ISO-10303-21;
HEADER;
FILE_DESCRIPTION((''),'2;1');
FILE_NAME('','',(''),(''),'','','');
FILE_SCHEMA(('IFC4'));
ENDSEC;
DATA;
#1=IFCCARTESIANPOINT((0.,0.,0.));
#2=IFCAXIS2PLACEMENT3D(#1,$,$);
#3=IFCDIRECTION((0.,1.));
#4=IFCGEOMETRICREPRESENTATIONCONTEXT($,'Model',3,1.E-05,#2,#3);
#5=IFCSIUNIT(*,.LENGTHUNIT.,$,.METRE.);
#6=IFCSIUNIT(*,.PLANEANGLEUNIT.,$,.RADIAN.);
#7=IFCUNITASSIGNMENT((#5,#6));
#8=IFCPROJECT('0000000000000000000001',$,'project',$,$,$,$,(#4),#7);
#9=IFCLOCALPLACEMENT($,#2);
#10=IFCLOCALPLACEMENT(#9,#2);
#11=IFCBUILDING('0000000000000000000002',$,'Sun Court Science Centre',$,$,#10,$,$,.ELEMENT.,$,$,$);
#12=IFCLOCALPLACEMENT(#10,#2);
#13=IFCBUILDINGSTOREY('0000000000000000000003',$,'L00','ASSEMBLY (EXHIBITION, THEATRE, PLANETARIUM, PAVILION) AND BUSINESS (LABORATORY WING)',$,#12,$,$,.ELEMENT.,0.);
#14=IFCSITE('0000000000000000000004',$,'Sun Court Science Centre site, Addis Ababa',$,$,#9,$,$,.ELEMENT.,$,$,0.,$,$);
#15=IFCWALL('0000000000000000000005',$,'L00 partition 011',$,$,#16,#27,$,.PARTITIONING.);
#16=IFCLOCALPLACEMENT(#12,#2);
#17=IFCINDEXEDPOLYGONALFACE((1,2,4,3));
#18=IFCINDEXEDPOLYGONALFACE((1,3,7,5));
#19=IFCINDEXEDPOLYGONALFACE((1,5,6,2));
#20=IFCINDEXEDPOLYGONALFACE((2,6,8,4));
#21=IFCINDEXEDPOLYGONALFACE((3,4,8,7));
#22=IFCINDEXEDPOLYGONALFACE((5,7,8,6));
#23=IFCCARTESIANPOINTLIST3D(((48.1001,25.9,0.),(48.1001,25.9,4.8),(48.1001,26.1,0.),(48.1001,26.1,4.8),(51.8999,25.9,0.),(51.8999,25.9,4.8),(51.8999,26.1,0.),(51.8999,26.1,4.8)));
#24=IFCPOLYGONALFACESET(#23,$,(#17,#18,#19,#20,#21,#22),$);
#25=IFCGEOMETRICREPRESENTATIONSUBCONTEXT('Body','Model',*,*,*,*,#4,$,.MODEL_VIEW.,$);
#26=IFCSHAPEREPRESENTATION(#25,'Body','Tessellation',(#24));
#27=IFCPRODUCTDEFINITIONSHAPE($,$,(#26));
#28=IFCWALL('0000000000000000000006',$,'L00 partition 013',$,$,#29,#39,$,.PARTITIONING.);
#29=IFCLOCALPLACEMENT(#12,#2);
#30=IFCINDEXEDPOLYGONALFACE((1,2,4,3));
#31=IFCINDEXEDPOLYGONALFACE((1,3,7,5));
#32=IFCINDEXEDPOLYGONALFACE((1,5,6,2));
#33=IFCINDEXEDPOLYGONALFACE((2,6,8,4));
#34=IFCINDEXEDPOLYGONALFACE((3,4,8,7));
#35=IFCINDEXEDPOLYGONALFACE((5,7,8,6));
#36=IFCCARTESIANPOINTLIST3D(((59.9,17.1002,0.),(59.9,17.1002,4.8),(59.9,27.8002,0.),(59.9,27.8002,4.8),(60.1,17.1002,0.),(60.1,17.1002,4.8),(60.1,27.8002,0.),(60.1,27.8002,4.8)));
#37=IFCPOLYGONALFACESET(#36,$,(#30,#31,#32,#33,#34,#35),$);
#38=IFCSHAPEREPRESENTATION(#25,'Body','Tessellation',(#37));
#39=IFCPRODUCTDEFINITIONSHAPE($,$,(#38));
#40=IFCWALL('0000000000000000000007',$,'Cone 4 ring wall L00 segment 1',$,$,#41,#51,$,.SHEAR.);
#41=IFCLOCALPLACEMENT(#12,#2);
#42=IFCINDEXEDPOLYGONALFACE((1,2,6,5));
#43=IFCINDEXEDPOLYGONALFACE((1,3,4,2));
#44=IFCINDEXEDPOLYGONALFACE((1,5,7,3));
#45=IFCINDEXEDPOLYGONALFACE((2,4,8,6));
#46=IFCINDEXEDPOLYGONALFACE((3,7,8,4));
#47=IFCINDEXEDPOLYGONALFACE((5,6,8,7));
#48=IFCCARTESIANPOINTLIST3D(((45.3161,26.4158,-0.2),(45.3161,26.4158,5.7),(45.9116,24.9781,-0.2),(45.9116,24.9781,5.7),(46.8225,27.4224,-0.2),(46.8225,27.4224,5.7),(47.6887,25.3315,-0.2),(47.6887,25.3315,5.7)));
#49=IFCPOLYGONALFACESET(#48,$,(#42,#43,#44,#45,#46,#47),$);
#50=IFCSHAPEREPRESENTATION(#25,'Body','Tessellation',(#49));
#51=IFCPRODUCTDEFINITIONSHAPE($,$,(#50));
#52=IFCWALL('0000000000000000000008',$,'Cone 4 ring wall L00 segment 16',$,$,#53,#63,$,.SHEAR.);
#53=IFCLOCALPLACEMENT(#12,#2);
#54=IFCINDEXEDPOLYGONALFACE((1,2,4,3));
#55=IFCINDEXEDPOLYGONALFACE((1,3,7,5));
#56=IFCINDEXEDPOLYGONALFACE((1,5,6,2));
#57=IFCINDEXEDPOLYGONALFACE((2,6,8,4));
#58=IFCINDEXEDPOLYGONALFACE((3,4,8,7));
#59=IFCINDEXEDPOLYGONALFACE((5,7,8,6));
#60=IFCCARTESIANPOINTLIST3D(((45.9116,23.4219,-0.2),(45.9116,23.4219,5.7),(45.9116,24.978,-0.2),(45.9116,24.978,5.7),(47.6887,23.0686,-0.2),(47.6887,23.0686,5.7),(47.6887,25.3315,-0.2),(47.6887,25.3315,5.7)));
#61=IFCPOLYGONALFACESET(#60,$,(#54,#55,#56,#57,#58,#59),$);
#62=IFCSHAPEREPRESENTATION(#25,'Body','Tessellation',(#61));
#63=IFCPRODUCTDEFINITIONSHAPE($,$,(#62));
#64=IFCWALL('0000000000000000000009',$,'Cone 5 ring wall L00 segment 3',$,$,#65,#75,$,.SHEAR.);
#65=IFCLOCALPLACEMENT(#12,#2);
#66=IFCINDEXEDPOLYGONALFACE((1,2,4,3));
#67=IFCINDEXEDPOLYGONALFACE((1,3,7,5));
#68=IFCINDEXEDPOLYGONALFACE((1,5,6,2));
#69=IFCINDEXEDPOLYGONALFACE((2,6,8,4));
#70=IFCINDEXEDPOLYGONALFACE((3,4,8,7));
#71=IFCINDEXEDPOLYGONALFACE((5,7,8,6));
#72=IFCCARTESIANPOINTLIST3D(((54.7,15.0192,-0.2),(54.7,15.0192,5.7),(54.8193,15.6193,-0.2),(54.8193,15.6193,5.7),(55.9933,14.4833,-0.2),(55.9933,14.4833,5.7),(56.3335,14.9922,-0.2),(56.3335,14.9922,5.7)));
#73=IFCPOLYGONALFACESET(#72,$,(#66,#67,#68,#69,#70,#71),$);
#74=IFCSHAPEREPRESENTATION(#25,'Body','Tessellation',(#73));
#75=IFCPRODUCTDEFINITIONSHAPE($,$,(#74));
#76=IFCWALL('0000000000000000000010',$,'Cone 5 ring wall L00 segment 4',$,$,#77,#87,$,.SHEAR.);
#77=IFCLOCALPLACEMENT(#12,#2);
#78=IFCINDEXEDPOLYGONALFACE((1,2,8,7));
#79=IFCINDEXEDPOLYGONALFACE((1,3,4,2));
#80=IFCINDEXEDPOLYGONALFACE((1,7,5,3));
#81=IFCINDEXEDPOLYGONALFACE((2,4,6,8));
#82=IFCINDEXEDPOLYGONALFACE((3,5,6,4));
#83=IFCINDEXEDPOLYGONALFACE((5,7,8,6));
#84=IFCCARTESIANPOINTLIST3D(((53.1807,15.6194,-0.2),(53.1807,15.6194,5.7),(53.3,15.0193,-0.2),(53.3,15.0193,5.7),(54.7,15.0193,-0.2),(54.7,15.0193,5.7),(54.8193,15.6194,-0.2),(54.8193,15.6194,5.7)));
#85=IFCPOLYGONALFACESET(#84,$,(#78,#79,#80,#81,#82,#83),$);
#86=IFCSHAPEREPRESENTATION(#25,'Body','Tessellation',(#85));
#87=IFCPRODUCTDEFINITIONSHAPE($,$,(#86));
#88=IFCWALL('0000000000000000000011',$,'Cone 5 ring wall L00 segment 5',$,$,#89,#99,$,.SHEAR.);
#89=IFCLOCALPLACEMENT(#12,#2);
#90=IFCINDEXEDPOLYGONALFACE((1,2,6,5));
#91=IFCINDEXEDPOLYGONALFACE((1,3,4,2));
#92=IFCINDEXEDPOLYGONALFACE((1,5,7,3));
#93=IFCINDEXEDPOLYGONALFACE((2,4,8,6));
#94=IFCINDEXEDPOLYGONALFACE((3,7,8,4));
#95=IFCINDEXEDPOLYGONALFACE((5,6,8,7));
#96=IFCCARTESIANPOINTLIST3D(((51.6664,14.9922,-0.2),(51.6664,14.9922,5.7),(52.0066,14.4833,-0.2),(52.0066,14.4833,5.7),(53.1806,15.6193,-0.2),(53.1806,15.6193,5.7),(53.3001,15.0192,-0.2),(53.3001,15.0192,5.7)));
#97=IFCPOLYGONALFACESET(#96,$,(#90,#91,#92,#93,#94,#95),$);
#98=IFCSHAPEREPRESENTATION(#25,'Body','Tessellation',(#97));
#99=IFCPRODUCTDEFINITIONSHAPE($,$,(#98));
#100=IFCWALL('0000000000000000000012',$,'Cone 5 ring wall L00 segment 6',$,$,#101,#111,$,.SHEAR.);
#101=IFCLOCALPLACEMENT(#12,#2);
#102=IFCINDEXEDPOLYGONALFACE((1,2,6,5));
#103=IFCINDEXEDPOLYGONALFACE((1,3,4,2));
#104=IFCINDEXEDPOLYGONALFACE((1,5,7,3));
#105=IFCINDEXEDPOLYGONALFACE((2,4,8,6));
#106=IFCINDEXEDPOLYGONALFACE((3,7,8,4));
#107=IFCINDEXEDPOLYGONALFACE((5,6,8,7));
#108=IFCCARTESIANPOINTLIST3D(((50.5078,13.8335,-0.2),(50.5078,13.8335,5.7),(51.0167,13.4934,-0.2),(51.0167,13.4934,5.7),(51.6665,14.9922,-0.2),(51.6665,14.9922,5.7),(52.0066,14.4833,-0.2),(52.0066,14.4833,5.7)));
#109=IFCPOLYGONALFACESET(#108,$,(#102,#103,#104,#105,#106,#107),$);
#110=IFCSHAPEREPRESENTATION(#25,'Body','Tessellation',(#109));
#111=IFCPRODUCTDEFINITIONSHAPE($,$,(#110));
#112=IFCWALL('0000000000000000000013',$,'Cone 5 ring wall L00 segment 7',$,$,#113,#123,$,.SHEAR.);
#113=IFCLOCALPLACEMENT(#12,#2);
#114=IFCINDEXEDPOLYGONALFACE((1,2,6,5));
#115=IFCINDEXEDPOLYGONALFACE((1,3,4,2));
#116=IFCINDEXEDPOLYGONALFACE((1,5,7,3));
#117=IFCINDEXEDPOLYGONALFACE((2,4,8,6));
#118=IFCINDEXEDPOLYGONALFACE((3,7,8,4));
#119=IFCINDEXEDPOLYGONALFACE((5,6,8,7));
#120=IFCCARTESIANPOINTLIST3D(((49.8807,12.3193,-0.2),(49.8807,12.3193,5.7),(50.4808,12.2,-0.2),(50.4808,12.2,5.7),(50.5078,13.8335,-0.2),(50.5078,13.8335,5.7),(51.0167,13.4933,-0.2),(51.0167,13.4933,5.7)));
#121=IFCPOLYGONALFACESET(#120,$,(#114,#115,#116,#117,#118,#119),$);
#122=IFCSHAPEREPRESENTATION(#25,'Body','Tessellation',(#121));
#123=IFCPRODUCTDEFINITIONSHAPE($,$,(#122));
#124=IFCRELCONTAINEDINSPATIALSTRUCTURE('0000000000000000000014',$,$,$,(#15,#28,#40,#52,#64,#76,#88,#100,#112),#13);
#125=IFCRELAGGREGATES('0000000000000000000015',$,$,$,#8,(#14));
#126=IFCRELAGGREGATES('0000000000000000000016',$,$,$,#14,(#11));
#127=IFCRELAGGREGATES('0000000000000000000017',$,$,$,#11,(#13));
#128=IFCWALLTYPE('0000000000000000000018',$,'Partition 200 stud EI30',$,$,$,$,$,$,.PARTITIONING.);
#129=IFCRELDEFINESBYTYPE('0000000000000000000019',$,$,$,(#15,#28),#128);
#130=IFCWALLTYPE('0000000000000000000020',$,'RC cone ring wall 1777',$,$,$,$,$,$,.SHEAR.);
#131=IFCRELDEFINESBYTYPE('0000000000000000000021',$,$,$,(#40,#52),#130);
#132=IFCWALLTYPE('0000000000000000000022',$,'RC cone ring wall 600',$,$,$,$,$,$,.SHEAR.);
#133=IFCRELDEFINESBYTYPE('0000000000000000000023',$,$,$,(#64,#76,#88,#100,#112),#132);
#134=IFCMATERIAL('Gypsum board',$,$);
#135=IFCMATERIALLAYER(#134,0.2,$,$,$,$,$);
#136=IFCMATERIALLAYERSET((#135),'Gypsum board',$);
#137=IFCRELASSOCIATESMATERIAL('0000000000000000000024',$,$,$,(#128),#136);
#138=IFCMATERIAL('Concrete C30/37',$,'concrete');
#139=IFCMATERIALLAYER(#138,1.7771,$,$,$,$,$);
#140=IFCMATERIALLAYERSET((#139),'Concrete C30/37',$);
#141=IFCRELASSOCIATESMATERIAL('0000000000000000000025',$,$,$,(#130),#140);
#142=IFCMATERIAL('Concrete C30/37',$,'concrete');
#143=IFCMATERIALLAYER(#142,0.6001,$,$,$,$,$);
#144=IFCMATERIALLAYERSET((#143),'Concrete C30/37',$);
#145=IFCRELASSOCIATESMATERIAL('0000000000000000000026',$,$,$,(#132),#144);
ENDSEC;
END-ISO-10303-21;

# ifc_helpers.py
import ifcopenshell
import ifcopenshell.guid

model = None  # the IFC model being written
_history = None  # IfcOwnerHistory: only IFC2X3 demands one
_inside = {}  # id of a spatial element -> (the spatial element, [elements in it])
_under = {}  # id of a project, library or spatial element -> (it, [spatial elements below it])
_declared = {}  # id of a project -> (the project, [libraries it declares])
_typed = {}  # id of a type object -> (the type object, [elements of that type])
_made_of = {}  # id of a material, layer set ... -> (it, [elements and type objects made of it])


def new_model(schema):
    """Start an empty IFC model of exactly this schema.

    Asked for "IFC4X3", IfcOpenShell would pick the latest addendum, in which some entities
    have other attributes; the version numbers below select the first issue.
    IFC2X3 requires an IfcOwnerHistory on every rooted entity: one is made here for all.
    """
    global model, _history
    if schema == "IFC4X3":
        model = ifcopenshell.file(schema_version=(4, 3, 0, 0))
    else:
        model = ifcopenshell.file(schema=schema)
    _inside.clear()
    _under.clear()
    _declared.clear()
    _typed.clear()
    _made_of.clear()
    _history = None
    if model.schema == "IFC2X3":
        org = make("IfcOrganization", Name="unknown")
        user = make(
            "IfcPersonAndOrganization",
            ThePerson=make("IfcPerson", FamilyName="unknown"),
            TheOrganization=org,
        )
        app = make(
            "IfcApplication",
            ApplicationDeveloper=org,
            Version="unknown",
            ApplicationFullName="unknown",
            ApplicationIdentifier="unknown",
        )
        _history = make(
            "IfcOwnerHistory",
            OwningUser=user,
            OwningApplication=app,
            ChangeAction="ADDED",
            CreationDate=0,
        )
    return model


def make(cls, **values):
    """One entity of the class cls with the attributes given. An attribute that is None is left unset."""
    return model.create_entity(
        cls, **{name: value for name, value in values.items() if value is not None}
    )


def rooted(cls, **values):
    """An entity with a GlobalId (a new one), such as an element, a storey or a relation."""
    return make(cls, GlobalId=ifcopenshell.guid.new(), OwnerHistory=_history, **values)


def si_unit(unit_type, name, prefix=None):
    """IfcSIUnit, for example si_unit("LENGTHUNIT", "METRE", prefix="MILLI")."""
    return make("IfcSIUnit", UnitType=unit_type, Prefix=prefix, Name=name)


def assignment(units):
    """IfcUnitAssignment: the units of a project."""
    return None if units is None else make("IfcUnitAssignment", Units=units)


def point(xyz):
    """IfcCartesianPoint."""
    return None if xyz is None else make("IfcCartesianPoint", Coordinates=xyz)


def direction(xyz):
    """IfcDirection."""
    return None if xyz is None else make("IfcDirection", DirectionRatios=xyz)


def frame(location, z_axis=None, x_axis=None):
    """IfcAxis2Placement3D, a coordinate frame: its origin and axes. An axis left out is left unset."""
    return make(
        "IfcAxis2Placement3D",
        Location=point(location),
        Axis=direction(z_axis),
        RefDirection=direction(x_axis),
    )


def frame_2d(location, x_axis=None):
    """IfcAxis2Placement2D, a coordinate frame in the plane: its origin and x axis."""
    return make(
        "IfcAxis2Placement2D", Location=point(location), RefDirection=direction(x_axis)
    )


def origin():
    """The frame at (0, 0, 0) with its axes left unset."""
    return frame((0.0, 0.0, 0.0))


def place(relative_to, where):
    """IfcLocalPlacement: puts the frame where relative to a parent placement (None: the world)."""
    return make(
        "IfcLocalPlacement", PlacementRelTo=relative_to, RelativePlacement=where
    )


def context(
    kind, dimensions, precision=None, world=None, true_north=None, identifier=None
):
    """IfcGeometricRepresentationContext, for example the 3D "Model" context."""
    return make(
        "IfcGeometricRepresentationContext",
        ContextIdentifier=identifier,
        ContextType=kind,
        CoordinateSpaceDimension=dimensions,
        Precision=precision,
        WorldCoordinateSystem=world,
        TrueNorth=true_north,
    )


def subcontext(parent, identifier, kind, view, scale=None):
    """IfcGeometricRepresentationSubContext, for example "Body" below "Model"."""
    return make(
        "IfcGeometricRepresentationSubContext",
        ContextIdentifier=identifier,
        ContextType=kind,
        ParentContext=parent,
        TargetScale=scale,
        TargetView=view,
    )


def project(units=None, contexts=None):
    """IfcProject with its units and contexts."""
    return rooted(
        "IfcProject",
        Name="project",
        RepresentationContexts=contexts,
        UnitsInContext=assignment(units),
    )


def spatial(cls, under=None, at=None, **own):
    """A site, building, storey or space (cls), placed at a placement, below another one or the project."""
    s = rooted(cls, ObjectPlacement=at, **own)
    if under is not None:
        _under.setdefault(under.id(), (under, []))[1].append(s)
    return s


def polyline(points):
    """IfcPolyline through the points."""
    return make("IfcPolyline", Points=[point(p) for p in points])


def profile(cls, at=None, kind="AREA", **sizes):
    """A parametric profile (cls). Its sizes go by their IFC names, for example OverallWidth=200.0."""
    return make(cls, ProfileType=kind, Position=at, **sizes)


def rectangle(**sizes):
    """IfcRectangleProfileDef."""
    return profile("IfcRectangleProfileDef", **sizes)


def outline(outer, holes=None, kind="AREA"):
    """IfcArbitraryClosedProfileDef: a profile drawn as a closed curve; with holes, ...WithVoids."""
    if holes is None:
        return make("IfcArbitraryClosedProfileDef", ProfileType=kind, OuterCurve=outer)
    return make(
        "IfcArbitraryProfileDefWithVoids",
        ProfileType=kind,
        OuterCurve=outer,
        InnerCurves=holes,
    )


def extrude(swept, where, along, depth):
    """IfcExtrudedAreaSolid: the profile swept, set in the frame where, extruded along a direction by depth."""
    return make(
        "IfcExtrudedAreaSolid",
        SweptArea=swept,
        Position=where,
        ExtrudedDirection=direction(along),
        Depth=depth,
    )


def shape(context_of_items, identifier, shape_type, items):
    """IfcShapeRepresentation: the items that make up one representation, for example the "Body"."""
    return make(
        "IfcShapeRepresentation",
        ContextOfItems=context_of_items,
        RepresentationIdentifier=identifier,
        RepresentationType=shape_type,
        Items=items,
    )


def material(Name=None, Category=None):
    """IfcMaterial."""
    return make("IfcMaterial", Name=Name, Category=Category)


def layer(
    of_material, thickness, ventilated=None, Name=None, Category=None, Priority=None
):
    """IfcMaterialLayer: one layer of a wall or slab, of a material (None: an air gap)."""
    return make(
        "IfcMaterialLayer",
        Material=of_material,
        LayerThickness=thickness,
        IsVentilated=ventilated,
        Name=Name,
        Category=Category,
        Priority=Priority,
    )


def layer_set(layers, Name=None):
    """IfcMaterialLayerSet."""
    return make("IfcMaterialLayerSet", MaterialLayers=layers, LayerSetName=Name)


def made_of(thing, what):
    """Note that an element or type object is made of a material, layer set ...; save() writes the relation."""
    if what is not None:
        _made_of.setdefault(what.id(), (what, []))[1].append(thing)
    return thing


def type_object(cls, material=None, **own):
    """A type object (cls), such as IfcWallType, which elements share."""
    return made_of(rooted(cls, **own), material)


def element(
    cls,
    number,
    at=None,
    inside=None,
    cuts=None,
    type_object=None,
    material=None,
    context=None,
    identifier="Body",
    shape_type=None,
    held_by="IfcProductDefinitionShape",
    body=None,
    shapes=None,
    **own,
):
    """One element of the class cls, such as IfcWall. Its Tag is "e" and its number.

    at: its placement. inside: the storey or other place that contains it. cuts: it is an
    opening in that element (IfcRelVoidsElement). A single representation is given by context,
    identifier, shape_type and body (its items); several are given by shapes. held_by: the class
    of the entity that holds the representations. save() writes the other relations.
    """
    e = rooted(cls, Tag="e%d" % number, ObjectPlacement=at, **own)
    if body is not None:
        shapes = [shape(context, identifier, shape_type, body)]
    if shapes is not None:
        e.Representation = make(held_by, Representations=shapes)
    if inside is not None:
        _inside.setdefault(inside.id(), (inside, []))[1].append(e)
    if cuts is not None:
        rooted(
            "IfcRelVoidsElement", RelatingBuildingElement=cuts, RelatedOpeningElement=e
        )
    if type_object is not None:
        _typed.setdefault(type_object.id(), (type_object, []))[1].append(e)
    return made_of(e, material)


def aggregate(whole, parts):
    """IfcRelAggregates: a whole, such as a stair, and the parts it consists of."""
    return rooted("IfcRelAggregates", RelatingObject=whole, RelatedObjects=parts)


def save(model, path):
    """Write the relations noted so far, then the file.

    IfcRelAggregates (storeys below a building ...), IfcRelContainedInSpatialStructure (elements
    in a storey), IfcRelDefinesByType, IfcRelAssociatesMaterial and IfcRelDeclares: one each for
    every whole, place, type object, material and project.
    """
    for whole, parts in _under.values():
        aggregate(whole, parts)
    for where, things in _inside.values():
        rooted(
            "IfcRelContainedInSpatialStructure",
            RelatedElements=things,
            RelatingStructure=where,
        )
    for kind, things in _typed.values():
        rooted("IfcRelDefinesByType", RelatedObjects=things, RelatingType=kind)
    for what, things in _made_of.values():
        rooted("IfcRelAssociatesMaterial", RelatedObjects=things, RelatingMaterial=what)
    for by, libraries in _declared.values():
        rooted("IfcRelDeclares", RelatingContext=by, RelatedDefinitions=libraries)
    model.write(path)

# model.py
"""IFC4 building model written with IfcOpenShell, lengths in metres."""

from ifc_helpers import new_model, si_unit, direction, frame, frame_2d, origin, place, context, subcontext, project, spatial, polyline, rectangle, outline, extrude, material, layer, layer_set, type_object, element, save


model = new_model("IFC4")

# Units and contexts
model_context = context("Model", 3, precision=1e-05, world=origin(), true_north=direction((0.0, 1.0)))
body_context = subcontext(model_context, "Body", "Model", "MODEL_VIEW")
ifc_project = project(units=[si_unit("LENGTHUNIT", "METRE"), si_unit("PLANEANGLEUNIT", "RADIAN")], contexts=[model_context])

# Site, building, storey
site_placement = place(None, origin())
site = spatial("IfcSite", under=ifc_project, at=site_placement, Name="Sun Court Science Centre site, Addis Ababa", CompositionType="ELEMENT", RefElevation=0.0)
building_placement = place(site_placement, origin())
building = spatial("IfcBuilding", under=site, at=building_placement, Name="Sun Court Science Centre", CompositionType="ELEMENT")
storey_placement = place(building_placement, origin())
storey = spatial("IfcBuildingStorey", under=building, at=storey_placement, Name="L00", Description="ASSEMBLY (EXHIBITION, THEATRE, PLANETARIUM, PAVILION) AND BUSINESS (LABORATORY WING)", CompositionType="ELEMENT", Elevation=0.0)

# Walls
ifc_material_1 = material(Name="Gypsum board")
ifc_layer_1 = layer(ifc_material_1, 0.2)
ifc_layer_set_1 = layer_set([ifc_layer_1], Name="Gypsum board")
wall_type_1 = type_object("IfcWallType", Name="Partition 200 stud EI30", PredefinedType="PARTITIONING", material=ifc_layer_set_1)
for number, where, z_axis, x_axis, name in (
    (1, (48.1001, 26.0, 0.0), (0.0, 0.0, 1.0), (1.0, 0.0, 0.0), "L00 partition 011"),
):
    element("IfcWall", number, at=place(storey_placement, frame(where, z_axis=z_axis, x_axis=x_axis)), inside=storey, type_object=wall_type_1, Name=name, PredefinedType="PARTITIONING", context=body_context, shape_type="SweptSolid", body=[
        extrude(rectangle(XDim=3.7998, YDim=0.2, at=frame_2d((1.8999, 0.0))), origin(), (0.0, 0.0, 1.0), 4.8),
    ])
wall_1_placement = place(storey_placement, frame((60.0, 17.1001, 0.0), z_axis=(0.0, 0.0, 1.0), x_axis=(0.0, 1.0, 0.0)))
element("IfcWall", 2, at=wall_1_placement, inside=storey, type_object=wall_type_1, Name="L00 partition 013", PredefinedType="PARTITIONING", context=body_context, shape_type="SweptSolid", body=[
    extrude(rectangle(XDim=10.7, YDim=0.2, at=frame_2d((5.3501, 0.0))), origin(), (0.0, 0.0, 1.0), 4.8),
])
ifc_material_2 = material(Name="Concrete C30/37", Category="concrete")
ifc_layer_2 = layer(ifc_material_2, 1.7771)
ifc_layer_set_2 = layer_set([ifc_layer_2], Name="Concrete C30/37")
wall_type_2 = type_object("IfcWallType", Name="RC cone ring wall 1777", PredefinedType="SHEAR", material=ifc_layer_set_2)
wall_2_placement = place(storey_placement, frame((46.8677, 24.9915, -0.2), z_axis=(0.0, 0.0, 1.0), x_axis=(-0.382654, 0.923892, 0.0)))
element("IfcWall", 3, at=wall_2_placement, inside=storey, type_object=wall_type_2, Name="Cone 4 ring wall L00 segment 1", PredefinedType="SHEAR", context=body_context, shape_type="SweptSolid", body=[
    extrude(outline(polyline([(0.0, -0.8887), (2.2632, -0.8884), (1.9097, 0.8884), (0.3535, 0.8884), (0.0, -0.8887)])), origin(), (0.0, 0.0, 1.0), 5.8999),
])
wall_3_placement = place(storey_placement, frame((46.8, 23.0684, -0.2), z_axis=(0.0, 0.0, 1.0), x_axis=(0.0, 1.0, 0.0)))
element("IfcWall", 4, at=wall_3_placement, inside=storey, type_object=wall_type_2, Name="Cone 4 ring wall L00 segment 16", PredefinedType="SHEAR", context=body_context, shape_type="SweptSolid", body=[
    extrude(outline(polyline([(0.0002, -0.8887), (2.2632, -0.8887), (1.9097, 0.8884), (0.3535, 0.8884), (0.0002, -0.8887)])), origin(), (0.0, 0.0, 1.0), 5.8999),
])
ifc_material_3 = material(Name="Concrete C30/37", Category="concrete")
ifc_layer_3 = layer(ifc_material_3, 0.6001)
ifc_layer_set_3 = layer_set([ifc_layer_3], Name="Concrete C30/37")
wall_type_3 = type_object("IfcWallType", Name="RC cone ring wall 600", PredefinedType="SHEAR", material=ifc_layer_set_3)
wall_4_placement = place(storey_placement, frame((56.2185, 14.7151, -0.2), z_axis=(0.0, 0.0, 1.0), x_axis=(-0.923908, 0.382615, 0.0)))
element("IfcWall", 5, at=wall_4_placement, inside=storey, type_object=wall_type_3, Name="Cone 5 ring wall L00 segment 3", PredefinedType="SHEAR", context=body_context, shape_type="SweptSolid", body=[
    extrude(outline(polyline([(-0.0002, -0.3), (1.6387, -0.3), (1.5193, 0.3), (0.1194, 0.3003), (-0.0002, -0.3)])), origin(), (0.0, 0.0, 1.0), 5.8999),
])
wall_5_placement = place(storey_placement, frame((54.8193, 15.3193, -0.2), z_axis=(0.0, 0.0, 1.0), x_axis=(-1.0, 0.0, 0.0)))
element("IfcWall", 6, at=wall_5_placement, inside=storey, type_object=wall_type_3, Name="Cone 5 ring wall L00 segment 4", PredefinedType="SHEAR", context=body_context, shape_type="SweptSolid", body=[
    extrude(outline(polyline([(0.0, -0.3), (1.6387, -0.3), (1.5193, 0.3), (0.1194, 0.3), (0.0, -0.3)])), origin(), (0.0, 0.0, 1.0), 5.8999),
])
wall_6_placement = place(storey_placement, frame((53.2954, 15.342, -0.2), z_axis=(0.0, 0.0, 1.0), x_axis=(-0.923908, -0.382615, 0.0)))
element("IfcWall", 7, at=wall_6_placement, inside=storey, type_object=wall_type_3, Name="Cone 5 ring wall L00 segment 5", PredefinedType="SHEAR", context=body_context, shape_type="SweptSolid", body=[
    extrude(outline(polyline([(0.0, -0.3), (1.6389, -0.3), (1.5193, 0.3003), (0.1191, 0.3), (0.0, -0.3)])), origin(), (0.0, 0.0, 1.0), 5.8999),
])
wall_7_placement = place(storey_placement, frame((51.8787, 14.78, -0.2), z_axis=(0.0, 0.0, 1.0), x_axis=(-0.707107, -0.707107, 0.0)))
element("IfcWall", 8, at=wall_7_placement, inside=storey, type_object=wall_type_3, Name="Cone 5 ring wall L00 segment 6", PredefinedType="SHEAR", context=body_context, shape_type="SweptSolid", body=[
    extrude(outline(polyline([(0.0, -0.3), (1.6387, -0.3), (1.5193, 0.3003), (0.1194, 0.3003), (0.0, -0.3)])), origin(), (0.0, 0.0, 1.0), 5.8999),
])
wall_8_placement = place(storey_placement, frame((50.7849, 13.7185, -0.2), z_axis=(0.0, 0.0, 1.0), x_axis=(-0.382615, -0.923908, 0.0)))
element("IfcWall", 9, at=wall_8_placement, inside=storey, type_object=wall_type_3, Name="Cone 5 ring wall L00 segment 7", PredefinedType="SHEAR", context=body_context, shape_type="SweptSolid", body=[
    extrude(outline(polyline([(-0.0002, -0.3), (1.6387, -0.3), (1.5193, 0.3), (0.1194, 0.3003), (-0.0002, -0.3)])), origin(), (0.0, 0.0, 1.0), 5.8999),
])

save(model, "model.ifc")
